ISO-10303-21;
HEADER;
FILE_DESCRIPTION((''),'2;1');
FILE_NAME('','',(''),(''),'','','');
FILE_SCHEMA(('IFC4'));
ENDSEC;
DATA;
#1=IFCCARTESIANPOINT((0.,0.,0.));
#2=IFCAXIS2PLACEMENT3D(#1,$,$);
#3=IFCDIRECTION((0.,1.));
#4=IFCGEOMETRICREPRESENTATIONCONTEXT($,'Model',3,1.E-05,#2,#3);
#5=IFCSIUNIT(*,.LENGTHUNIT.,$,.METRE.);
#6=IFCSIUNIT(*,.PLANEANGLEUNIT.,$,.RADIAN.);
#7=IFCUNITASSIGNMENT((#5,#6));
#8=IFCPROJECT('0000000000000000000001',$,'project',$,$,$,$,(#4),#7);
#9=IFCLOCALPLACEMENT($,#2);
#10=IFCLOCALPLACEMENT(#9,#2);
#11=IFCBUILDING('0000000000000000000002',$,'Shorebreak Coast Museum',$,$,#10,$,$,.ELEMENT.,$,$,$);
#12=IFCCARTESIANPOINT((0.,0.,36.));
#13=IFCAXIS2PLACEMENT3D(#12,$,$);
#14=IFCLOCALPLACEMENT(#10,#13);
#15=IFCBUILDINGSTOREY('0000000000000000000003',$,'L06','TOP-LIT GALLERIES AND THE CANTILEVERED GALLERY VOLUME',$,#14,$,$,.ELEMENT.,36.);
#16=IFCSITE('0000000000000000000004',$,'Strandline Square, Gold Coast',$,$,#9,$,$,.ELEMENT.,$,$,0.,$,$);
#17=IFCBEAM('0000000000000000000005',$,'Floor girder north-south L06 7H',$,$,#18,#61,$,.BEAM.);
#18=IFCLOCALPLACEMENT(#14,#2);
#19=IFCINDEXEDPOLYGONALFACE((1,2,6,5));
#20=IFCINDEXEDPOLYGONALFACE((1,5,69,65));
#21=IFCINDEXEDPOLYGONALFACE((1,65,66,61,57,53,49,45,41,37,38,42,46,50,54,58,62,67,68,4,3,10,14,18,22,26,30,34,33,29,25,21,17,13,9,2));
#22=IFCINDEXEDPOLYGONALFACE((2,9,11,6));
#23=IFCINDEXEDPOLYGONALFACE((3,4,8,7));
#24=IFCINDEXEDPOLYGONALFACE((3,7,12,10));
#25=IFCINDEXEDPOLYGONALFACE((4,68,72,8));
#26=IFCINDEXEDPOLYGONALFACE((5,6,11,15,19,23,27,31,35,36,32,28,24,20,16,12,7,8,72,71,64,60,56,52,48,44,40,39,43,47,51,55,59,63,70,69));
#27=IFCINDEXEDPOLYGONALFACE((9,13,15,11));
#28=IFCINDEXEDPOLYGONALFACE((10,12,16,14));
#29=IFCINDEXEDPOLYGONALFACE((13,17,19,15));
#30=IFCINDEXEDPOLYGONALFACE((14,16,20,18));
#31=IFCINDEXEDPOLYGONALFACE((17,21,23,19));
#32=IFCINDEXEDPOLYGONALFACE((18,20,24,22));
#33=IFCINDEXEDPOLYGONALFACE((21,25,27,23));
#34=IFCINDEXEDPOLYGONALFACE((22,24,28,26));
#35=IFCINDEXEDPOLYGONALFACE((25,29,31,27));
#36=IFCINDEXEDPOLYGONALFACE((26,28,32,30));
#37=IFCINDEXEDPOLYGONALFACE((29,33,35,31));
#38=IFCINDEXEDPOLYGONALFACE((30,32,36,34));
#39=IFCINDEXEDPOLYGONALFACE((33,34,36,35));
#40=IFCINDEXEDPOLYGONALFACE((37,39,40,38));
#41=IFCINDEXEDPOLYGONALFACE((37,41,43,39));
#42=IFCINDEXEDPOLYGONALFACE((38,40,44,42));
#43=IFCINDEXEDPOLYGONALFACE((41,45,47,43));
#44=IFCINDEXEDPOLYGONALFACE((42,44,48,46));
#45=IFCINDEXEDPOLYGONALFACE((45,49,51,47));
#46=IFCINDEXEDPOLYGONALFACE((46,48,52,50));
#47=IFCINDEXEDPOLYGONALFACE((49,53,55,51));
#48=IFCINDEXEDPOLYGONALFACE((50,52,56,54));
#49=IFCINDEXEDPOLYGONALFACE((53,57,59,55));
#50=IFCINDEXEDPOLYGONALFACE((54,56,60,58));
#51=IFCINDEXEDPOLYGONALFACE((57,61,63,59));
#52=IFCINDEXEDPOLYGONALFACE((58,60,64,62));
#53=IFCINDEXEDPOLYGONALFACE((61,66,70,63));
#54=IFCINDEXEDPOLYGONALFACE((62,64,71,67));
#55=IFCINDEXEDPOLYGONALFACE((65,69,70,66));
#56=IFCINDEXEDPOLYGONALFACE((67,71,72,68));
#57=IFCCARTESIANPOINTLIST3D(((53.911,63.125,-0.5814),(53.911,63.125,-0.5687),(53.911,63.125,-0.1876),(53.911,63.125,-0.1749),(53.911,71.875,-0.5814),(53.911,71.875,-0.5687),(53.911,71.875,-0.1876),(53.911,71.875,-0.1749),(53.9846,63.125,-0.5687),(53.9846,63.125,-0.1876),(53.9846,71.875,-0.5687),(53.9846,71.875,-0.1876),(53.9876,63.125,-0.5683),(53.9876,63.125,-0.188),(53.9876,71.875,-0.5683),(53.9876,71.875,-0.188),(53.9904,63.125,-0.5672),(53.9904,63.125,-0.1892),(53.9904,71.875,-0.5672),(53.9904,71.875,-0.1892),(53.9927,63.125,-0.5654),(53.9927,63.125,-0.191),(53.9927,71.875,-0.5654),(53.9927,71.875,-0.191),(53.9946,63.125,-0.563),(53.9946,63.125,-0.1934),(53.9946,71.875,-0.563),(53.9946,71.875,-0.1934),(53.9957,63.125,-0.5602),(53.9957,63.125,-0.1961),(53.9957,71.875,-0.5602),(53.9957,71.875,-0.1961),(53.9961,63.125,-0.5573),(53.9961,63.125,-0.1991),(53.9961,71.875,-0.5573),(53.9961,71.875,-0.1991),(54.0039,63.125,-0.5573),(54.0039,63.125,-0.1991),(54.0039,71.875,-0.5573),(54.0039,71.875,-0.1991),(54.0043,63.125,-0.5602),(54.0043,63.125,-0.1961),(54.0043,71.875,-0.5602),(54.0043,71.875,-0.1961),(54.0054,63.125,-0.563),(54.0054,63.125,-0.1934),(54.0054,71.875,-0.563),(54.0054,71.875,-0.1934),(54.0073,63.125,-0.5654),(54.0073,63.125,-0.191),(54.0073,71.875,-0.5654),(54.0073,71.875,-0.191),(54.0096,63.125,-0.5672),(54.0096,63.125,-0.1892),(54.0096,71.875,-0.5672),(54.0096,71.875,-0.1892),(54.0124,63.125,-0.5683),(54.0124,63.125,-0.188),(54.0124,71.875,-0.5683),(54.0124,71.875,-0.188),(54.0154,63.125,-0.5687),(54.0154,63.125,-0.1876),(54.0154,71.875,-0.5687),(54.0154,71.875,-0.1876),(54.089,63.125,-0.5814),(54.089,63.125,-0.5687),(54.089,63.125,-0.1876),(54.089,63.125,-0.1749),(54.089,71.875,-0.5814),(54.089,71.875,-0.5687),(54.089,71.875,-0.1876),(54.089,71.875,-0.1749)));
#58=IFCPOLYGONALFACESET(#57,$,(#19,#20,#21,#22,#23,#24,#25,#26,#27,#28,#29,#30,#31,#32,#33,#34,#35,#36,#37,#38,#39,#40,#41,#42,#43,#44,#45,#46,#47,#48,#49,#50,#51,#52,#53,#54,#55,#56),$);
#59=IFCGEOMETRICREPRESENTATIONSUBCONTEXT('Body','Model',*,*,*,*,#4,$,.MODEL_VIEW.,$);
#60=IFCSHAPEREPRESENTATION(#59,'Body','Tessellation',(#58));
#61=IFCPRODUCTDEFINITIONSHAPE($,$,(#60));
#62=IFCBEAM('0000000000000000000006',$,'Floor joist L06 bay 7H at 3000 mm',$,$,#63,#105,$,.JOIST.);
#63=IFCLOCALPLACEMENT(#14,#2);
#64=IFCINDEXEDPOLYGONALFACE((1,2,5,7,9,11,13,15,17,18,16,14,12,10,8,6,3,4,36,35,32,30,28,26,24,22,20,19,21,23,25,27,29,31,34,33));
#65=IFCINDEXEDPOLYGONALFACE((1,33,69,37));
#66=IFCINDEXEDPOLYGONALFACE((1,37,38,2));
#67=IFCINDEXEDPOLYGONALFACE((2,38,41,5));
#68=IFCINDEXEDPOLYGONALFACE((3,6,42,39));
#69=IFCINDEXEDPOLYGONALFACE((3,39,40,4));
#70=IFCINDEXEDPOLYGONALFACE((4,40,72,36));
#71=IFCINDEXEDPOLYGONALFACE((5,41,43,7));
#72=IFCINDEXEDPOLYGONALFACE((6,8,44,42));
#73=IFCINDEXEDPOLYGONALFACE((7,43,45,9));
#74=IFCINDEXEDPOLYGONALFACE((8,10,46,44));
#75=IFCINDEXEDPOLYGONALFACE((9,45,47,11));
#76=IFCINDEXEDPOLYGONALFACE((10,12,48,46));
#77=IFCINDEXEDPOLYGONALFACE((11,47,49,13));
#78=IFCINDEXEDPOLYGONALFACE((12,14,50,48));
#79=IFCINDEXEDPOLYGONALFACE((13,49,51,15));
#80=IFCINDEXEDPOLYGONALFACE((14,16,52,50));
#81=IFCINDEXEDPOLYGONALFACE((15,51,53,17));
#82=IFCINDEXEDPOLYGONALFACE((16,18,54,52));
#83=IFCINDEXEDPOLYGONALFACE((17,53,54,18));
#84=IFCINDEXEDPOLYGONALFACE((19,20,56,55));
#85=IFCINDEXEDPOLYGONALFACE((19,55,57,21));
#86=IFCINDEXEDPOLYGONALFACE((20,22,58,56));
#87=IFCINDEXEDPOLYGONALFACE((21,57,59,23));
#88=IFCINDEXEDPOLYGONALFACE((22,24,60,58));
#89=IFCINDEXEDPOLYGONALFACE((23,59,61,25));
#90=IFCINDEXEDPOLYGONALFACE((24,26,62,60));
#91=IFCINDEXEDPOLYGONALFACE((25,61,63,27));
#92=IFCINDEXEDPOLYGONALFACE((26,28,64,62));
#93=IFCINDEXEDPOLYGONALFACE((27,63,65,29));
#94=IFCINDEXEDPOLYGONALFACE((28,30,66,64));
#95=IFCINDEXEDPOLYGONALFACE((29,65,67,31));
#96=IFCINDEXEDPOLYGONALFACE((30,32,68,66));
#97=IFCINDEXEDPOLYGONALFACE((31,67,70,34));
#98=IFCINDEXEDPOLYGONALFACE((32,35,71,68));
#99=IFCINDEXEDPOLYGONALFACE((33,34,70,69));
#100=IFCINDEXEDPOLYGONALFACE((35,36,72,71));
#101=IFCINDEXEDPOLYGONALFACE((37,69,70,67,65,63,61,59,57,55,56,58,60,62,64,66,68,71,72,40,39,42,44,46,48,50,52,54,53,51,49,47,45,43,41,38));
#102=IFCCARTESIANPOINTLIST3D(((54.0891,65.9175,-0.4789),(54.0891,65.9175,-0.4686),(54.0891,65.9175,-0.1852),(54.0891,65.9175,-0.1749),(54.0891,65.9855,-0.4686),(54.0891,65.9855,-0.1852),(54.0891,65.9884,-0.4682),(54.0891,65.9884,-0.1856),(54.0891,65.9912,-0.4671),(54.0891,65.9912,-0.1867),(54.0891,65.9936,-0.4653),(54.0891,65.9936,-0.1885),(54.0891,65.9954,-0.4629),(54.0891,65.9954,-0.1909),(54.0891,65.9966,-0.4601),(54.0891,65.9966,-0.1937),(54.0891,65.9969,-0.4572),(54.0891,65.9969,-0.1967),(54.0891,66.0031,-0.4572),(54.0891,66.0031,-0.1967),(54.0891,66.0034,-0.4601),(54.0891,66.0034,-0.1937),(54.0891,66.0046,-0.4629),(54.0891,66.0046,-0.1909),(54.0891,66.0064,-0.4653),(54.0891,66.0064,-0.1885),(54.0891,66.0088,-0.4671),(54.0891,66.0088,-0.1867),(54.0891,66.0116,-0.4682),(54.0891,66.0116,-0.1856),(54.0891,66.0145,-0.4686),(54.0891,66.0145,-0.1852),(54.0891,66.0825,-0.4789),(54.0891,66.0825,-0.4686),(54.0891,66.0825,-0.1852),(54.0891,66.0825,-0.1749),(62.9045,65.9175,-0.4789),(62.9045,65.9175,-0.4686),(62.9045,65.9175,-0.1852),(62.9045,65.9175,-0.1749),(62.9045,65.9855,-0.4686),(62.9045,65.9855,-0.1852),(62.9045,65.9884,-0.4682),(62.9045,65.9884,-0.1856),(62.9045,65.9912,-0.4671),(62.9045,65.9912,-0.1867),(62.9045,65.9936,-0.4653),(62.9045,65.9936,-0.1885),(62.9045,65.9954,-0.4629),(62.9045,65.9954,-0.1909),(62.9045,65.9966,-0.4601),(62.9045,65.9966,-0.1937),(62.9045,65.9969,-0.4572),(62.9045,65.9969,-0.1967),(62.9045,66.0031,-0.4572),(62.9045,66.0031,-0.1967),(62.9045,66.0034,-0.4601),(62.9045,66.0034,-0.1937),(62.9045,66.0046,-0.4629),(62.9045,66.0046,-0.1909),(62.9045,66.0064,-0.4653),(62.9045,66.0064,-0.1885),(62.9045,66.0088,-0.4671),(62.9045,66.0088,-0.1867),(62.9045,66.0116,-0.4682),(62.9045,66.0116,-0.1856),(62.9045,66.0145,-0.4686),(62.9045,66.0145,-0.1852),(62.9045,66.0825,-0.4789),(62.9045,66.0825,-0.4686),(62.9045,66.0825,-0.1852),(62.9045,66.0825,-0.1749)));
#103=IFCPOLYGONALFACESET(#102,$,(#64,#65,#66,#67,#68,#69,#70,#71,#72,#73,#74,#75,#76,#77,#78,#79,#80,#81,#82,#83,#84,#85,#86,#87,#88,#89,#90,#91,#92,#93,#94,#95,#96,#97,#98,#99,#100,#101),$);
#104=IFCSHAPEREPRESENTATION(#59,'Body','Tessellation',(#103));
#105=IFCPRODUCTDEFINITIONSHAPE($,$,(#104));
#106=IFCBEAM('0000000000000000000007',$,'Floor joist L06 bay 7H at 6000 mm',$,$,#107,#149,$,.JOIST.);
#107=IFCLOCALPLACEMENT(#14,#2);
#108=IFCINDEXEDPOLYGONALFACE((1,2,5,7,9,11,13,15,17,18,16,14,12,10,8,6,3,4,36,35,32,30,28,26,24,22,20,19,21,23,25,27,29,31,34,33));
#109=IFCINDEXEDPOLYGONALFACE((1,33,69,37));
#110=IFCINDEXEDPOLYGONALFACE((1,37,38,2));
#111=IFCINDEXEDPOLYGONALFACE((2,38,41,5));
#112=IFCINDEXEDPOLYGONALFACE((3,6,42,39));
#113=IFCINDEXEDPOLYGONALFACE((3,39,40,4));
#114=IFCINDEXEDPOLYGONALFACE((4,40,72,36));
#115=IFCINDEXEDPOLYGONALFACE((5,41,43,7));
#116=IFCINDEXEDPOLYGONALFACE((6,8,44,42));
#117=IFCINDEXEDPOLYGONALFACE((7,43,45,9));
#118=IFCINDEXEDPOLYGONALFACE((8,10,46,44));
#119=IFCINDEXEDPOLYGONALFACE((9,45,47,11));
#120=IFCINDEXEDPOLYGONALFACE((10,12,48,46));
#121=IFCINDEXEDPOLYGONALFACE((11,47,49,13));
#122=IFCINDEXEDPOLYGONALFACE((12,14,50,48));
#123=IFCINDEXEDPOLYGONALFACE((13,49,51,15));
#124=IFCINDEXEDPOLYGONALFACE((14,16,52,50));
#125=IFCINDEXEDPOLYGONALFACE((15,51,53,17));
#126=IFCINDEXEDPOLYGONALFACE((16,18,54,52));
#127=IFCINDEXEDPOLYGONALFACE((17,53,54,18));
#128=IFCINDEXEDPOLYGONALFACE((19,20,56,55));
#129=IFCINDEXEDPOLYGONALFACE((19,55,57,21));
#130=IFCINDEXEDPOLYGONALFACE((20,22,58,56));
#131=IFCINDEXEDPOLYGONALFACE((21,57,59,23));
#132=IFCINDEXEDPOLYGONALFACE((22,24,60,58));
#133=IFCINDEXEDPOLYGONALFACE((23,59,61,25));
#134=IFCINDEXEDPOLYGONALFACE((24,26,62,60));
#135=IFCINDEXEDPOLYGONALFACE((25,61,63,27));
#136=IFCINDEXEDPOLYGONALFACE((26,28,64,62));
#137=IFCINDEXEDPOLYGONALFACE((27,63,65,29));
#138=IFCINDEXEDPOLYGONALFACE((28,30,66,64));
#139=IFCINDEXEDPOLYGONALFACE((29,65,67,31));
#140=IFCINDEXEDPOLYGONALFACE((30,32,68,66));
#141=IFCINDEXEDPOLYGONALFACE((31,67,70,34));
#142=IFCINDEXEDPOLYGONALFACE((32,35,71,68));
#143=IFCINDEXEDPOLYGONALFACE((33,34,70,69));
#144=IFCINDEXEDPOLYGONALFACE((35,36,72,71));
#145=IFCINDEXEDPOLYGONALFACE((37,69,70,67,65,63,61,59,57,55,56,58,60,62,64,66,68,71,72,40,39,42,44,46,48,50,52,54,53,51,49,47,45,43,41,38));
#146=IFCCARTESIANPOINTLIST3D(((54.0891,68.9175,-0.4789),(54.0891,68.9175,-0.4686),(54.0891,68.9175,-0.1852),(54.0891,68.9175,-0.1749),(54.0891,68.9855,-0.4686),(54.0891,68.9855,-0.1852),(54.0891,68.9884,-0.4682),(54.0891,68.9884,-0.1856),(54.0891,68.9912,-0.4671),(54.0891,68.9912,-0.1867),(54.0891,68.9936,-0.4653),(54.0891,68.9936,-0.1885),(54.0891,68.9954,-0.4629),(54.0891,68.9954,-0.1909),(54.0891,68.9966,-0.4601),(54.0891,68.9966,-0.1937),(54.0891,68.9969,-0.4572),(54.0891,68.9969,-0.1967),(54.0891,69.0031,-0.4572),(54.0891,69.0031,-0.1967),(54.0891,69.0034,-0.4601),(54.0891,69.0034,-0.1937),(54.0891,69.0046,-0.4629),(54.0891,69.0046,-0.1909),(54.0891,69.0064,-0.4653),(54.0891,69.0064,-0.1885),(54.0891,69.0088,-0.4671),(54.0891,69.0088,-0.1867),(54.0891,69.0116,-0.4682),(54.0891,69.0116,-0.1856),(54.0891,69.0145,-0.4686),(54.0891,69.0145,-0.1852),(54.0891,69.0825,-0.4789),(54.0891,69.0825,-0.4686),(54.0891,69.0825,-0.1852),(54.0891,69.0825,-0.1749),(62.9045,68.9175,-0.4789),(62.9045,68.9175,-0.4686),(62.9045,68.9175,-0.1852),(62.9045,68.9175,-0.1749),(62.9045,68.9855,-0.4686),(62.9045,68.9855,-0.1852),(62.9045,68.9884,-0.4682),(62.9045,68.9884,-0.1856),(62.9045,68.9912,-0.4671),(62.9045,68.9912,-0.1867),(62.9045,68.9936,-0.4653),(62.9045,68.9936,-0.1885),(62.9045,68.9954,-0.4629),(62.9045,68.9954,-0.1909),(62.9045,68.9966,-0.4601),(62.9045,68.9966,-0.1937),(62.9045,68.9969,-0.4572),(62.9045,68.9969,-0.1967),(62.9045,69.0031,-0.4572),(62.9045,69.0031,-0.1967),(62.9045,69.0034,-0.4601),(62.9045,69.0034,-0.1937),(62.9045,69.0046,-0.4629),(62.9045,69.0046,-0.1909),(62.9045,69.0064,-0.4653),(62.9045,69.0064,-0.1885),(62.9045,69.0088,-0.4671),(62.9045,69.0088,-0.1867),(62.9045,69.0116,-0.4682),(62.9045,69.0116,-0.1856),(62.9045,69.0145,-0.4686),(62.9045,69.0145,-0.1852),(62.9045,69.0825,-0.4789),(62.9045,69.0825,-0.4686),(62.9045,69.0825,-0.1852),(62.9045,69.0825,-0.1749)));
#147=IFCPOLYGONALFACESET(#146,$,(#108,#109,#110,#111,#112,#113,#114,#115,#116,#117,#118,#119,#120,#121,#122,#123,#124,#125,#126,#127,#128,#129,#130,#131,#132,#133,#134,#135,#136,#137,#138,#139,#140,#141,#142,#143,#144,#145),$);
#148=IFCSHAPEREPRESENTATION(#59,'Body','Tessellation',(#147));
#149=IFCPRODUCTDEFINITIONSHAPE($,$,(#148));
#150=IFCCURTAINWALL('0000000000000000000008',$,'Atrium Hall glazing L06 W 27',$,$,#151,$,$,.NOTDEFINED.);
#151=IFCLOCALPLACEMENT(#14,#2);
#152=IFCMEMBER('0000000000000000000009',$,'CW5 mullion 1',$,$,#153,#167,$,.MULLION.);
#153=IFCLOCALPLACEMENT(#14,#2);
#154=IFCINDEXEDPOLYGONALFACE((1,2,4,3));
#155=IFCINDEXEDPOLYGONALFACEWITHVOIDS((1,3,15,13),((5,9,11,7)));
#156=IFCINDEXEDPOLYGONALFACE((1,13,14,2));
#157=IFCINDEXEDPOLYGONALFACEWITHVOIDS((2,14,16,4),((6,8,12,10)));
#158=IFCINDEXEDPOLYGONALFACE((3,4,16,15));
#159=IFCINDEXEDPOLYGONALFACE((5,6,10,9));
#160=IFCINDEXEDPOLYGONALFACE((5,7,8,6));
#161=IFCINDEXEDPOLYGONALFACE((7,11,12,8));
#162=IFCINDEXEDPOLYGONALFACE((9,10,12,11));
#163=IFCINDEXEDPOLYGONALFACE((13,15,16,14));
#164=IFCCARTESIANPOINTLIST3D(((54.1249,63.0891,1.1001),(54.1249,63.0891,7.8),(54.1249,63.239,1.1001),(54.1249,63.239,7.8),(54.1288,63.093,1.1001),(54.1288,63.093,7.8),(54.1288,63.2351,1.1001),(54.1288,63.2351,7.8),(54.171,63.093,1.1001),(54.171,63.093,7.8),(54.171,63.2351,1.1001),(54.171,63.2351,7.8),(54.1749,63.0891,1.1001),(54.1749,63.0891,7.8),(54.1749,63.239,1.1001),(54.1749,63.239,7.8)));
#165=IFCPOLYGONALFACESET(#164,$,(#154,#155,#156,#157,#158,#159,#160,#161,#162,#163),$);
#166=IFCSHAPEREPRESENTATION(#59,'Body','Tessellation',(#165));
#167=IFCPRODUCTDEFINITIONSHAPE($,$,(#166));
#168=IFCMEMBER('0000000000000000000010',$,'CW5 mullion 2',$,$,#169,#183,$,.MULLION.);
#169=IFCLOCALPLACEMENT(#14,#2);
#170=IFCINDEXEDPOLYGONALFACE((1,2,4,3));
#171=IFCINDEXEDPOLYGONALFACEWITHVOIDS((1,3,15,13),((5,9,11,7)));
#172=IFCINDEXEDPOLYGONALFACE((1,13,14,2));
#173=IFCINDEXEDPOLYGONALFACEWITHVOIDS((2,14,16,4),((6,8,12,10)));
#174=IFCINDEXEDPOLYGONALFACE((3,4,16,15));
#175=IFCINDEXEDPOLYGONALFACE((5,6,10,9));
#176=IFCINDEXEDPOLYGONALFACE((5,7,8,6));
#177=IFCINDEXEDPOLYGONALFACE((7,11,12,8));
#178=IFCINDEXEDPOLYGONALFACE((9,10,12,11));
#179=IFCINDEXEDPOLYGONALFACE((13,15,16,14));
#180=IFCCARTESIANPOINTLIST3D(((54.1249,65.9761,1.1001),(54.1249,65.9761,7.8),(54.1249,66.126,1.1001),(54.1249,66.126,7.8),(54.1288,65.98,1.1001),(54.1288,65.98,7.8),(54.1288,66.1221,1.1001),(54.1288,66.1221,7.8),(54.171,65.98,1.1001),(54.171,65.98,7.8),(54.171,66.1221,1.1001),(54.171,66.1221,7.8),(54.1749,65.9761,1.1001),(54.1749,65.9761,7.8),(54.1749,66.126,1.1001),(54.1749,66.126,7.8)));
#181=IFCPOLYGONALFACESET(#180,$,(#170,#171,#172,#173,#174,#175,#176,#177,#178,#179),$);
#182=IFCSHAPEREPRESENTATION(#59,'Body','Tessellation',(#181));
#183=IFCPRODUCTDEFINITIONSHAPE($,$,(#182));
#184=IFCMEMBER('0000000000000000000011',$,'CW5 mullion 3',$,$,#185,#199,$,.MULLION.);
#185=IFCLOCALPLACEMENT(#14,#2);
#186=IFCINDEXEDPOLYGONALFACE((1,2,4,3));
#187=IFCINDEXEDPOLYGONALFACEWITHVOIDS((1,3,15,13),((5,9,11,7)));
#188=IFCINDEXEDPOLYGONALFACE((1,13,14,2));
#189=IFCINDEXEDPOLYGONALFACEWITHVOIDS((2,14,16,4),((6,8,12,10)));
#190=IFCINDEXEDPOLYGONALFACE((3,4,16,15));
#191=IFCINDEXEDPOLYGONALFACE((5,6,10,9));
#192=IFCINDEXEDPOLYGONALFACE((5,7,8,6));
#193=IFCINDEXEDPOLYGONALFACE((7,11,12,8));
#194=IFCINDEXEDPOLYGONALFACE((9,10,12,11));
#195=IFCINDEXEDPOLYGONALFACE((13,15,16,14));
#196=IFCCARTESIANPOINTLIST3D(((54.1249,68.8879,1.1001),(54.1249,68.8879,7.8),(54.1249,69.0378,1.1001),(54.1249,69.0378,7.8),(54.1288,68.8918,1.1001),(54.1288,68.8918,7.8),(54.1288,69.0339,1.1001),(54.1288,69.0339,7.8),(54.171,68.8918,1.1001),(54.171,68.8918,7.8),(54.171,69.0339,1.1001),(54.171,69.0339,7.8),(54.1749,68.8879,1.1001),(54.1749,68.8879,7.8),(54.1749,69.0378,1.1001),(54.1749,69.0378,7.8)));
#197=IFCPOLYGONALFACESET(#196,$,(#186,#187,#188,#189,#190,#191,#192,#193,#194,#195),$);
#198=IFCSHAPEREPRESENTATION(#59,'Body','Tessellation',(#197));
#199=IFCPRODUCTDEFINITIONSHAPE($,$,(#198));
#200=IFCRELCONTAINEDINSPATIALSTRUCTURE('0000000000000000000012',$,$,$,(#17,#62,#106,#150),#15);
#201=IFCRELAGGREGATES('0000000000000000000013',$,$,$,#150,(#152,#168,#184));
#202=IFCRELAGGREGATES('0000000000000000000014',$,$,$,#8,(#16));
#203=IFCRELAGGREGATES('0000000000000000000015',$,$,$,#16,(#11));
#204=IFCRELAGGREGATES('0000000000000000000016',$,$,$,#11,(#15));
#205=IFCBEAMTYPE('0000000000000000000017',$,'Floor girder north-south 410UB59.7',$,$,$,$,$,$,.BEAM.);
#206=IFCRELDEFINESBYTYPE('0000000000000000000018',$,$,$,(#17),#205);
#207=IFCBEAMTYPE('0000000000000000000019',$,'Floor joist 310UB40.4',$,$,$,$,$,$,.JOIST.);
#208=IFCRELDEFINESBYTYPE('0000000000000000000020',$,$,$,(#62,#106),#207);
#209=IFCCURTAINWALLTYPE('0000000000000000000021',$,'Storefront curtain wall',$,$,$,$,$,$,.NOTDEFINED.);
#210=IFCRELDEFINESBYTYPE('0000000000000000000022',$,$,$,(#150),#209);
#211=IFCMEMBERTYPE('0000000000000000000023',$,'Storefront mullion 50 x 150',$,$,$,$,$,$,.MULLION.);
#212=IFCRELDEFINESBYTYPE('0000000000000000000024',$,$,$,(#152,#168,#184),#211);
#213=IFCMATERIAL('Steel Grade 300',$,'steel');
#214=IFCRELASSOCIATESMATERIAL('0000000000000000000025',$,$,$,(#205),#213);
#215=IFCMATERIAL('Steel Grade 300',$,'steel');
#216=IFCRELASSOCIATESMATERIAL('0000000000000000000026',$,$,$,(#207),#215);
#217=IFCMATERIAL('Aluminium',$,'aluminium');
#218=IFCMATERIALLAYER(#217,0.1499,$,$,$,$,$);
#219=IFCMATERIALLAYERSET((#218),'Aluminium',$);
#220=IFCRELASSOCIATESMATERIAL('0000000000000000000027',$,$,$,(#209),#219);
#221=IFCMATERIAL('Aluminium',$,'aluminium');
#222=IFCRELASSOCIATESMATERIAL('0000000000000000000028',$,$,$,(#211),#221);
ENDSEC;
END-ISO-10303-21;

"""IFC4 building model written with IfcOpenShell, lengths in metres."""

from ifc_helpers import new_model, si_unit, direction, frame, origin, origin_2d, place, context, subcontext, project, spatial, hollow_rectangle, i_section, extrude, material, layer, layer_set, material_profile, profile_set, type_object, element, aggregate, save


model = new_model("IFC4")

# Units and contexts
model_context = context("Model", 3, precision=1e-05, world=origin(), true_north=direction((0.0, 1.0)))
body_context = subcontext(model_context, "Body", "Model", "MODEL_VIEW")
ifc_project = project(units=[si_unit("LENGTHUNIT", "METRE"), si_unit("PLANEANGLEUNIT", "RADIAN")], contexts=[model_context])

# Site, building, storey
site_placement = place(None, origin())
site = spatial("IfcSite", under=ifc_project, at=site_placement, Name="Strandline Square, Gold Coast", CompositionType="ELEMENT", RefElevation=0.0)
building_placement = place(site_placement, origin())
building = spatial("IfcBuilding", under=site, at=building_placement, Name="Shorebreak Coast Museum", CompositionType="ELEMENT")
storey_placement = place(building_placement, frame((0.0, 0.0, 36.0)))
storey = spatial("IfcBuildingStorey", under=building, at=storey_placement, Name="L06", Description="TOP-LIT GALLERIES AND THE CANTILEVERED GALLERY VOLUME", CompositionType="ELEMENT", Elevation=36.0)

# Beams
ifc_material_1 = material(Name="Steel Grade 300", Category="steel")
ifc_material_profile_1 = material_profile(ifc_material_1, i_section(OverallWidth=0.178, OverallDepth=0.4065, WebThickness=0.0078, FlangeThickness=0.0127, FilletRadius=0.0115, at=origin_2d()), Name="410UB59.7")
ifc_profile_set_1 = profile_set([ifc_material_profile_1], Name="Steel Grade 300")
beam_type_1 = type_object("IfcBeamType", Name="Floor girder north-south 410UB59.7", PredefinedType="BEAM", material=ifc_profile_set_1)
beam_placement = place(storey_placement, frame((54.0, 63.125, -0.3782), z_axis=(0.0, 1.0, 0.0), x_axis=(-1.0, 0.0, 0.0)))
element("IfcBeam", 1, at=beam_placement, inside=storey, type_object=beam_type_1, Name="Floor girder north-south L06 7H", PredefinedType="BEAM", context=body_context, shape_type="SweptSolid", body=[
    extrude(i_section(OverallWidth=0.178, OverallDepth=0.4065, WebThickness=0.0078, FlangeThickness=0.0127, FilletRadius=0.0115, at=origin_2d()), origin(), (0.0, 0.0, 1.0), 8.75),
])
ifc_material_2 = material(Name="Steel Grade 300", Category="steel")
ifc_material_profile_2 = material_profile(ifc_material_2, i_section(OverallWidth=0.165, OverallDepth=0.304, WebThickness=0.0061, FlangeThickness=0.0103, FilletRadius=0.0115, at=origin_2d()), Name="310UB40.4")
ifc_profile_set_2 = profile_set([ifc_material_profile_2], Name="Steel Grade 300")
beam_type_2 = type_object("IfcBeamType", Name="Floor joist 310UB40.4", PredefinedType="JOIST", material=ifc_profile_set_2)
for number, where, z_axis, x_axis, name in (
    (2, (54.0891, 66.0, -0.3269), (1.0, 0.0, 0.0), (0.0, 1.0, 0.0), "Floor joist L06 bay 7H at 3000 mm"),
    (3, (54.0891, 69.0, -0.3269), (1.0, 0.0, 0.0), (0.0, 1.0, 0.0), "Floor joist L06 bay 7H at 6000 mm"),
):
    element("IfcBeam", number, at=place(storey_placement, frame(where, z_axis=z_axis, x_axis=x_axis)), inside=storey, type_object=beam_type_2, Name=name, PredefinedType="JOIST", context=body_context, shape_type="SweptSolid", body=[
        extrude(i_section(OverallWidth=0.165, OverallDepth=0.304, WebThickness=0.0061, FlangeThickness=0.0103, FilletRadius=0.0115, at=origin_2d()), origin(), (0.0, 0.0, 1.0), 8.8154),
    ])

# Curtain wall, members
ifc_material_3 = material(Name="Aluminium", Category="aluminium")
ifc_layer_1 = layer(ifc_material_3, 0.1499)
ifc_layer_set_1 = layer_set([ifc_layer_1], Name="Aluminium")
curtain_wall_type = type_object("IfcCurtainWallType", Name="Storefront curtain wall", PredefinedType="NOTDEFINED", material=ifc_layer_set_1)
curtain_wall_placement = place(storey_placement, origin())
curtain_wall = element("IfcCurtainWall", 4, at=curtain_wall_placement, inside=storey, type_object=curtain_wall_type, Name="Atrium Hall glazing L06 W 27", PredefinedType="NOTDEFINED")
ifc_material_4 = material(Name="Aluminium", Category="aluminium")
ifc_material_profile_3 = material_profile(ifc_material_4, hollow_rectangle(XDim=0.05, YDim=0.1499, WallThickness=0.0039, at=origin_2d()), Name="AL 150x50 RHS")
ifc_profile_set_3 = profile_set([ifc_material_profile_3], Name="Aluminium")
member_type_1 = type_object("IfcMemberType", Name="Storefront mullion 50 x 150", PredefinedType="MULLION", material=ifc_profile_set_3)
member_1_placement = place(storey_placement, frame((54.1499, 63.1641, 1.1001), z_axis=(0.0, 0.0, 1.0), x_axis=(-1.0, 0.0, 0.0)))
member_1 = element("IfcMember", 5, at=member_1_placement, type_object=member_type_1, Name="CW5 mullion 1", PredefinedType="MULLION", context=body_context, shape_type="SweptSolid", body=[
    extrude(hollow_rectangle(XDim=0.05, YDim=0.1499, WallThickness=0.0039, at=origin_2d()), origin(), (0.0, 0.0, 1.0), 6.7),
])
member_2_placement = place(storey_placement, frame((54.1499, 66.051, 1.1001), z_axis=(0.0, 0.0, 1.0), x_axis=(-1.0, 0.0, 0.0)))
member_2 = element("IfcMember", 6, at=member_2_placement, type_object=member_type_1, Name="CW5 mullion 2", PredefinedType="MULLION", context=body_context, shape_type="SweptSolid", body=[
    extrude(hollow_rectangle(XDim=0.05, YDim=0.1499, WallThickness=0.0039, at=origin_2d()), origin(), (0.0, 0.0, 1.0), 6.7),
])
member_3_placement = place(storey_placement, frame((54.1499, 68.9629, 1.1001), z_axis=(0.0, 0.0, 1.0), x_axis=(-1.0, 0.0, 0.0)))
member_3 = element("IfcMember", 7, at=member_3_placement, type_object=member_type_1, Name="CW5 mullion 3", PredefinedType="MULLION", context=body_context, shape_type="SweptSolid", body=[
    extrude(hollow_rectangle(XDim=0.05, YDim=0.1499, WallThickness=0.0039, at=origin_2d()), origin(), (0.0, 0.0, 1.0), 6.7),
])
aggregate(curtain_wall, [member_1, member_2, member_3])

save(model, "model.ifc")
